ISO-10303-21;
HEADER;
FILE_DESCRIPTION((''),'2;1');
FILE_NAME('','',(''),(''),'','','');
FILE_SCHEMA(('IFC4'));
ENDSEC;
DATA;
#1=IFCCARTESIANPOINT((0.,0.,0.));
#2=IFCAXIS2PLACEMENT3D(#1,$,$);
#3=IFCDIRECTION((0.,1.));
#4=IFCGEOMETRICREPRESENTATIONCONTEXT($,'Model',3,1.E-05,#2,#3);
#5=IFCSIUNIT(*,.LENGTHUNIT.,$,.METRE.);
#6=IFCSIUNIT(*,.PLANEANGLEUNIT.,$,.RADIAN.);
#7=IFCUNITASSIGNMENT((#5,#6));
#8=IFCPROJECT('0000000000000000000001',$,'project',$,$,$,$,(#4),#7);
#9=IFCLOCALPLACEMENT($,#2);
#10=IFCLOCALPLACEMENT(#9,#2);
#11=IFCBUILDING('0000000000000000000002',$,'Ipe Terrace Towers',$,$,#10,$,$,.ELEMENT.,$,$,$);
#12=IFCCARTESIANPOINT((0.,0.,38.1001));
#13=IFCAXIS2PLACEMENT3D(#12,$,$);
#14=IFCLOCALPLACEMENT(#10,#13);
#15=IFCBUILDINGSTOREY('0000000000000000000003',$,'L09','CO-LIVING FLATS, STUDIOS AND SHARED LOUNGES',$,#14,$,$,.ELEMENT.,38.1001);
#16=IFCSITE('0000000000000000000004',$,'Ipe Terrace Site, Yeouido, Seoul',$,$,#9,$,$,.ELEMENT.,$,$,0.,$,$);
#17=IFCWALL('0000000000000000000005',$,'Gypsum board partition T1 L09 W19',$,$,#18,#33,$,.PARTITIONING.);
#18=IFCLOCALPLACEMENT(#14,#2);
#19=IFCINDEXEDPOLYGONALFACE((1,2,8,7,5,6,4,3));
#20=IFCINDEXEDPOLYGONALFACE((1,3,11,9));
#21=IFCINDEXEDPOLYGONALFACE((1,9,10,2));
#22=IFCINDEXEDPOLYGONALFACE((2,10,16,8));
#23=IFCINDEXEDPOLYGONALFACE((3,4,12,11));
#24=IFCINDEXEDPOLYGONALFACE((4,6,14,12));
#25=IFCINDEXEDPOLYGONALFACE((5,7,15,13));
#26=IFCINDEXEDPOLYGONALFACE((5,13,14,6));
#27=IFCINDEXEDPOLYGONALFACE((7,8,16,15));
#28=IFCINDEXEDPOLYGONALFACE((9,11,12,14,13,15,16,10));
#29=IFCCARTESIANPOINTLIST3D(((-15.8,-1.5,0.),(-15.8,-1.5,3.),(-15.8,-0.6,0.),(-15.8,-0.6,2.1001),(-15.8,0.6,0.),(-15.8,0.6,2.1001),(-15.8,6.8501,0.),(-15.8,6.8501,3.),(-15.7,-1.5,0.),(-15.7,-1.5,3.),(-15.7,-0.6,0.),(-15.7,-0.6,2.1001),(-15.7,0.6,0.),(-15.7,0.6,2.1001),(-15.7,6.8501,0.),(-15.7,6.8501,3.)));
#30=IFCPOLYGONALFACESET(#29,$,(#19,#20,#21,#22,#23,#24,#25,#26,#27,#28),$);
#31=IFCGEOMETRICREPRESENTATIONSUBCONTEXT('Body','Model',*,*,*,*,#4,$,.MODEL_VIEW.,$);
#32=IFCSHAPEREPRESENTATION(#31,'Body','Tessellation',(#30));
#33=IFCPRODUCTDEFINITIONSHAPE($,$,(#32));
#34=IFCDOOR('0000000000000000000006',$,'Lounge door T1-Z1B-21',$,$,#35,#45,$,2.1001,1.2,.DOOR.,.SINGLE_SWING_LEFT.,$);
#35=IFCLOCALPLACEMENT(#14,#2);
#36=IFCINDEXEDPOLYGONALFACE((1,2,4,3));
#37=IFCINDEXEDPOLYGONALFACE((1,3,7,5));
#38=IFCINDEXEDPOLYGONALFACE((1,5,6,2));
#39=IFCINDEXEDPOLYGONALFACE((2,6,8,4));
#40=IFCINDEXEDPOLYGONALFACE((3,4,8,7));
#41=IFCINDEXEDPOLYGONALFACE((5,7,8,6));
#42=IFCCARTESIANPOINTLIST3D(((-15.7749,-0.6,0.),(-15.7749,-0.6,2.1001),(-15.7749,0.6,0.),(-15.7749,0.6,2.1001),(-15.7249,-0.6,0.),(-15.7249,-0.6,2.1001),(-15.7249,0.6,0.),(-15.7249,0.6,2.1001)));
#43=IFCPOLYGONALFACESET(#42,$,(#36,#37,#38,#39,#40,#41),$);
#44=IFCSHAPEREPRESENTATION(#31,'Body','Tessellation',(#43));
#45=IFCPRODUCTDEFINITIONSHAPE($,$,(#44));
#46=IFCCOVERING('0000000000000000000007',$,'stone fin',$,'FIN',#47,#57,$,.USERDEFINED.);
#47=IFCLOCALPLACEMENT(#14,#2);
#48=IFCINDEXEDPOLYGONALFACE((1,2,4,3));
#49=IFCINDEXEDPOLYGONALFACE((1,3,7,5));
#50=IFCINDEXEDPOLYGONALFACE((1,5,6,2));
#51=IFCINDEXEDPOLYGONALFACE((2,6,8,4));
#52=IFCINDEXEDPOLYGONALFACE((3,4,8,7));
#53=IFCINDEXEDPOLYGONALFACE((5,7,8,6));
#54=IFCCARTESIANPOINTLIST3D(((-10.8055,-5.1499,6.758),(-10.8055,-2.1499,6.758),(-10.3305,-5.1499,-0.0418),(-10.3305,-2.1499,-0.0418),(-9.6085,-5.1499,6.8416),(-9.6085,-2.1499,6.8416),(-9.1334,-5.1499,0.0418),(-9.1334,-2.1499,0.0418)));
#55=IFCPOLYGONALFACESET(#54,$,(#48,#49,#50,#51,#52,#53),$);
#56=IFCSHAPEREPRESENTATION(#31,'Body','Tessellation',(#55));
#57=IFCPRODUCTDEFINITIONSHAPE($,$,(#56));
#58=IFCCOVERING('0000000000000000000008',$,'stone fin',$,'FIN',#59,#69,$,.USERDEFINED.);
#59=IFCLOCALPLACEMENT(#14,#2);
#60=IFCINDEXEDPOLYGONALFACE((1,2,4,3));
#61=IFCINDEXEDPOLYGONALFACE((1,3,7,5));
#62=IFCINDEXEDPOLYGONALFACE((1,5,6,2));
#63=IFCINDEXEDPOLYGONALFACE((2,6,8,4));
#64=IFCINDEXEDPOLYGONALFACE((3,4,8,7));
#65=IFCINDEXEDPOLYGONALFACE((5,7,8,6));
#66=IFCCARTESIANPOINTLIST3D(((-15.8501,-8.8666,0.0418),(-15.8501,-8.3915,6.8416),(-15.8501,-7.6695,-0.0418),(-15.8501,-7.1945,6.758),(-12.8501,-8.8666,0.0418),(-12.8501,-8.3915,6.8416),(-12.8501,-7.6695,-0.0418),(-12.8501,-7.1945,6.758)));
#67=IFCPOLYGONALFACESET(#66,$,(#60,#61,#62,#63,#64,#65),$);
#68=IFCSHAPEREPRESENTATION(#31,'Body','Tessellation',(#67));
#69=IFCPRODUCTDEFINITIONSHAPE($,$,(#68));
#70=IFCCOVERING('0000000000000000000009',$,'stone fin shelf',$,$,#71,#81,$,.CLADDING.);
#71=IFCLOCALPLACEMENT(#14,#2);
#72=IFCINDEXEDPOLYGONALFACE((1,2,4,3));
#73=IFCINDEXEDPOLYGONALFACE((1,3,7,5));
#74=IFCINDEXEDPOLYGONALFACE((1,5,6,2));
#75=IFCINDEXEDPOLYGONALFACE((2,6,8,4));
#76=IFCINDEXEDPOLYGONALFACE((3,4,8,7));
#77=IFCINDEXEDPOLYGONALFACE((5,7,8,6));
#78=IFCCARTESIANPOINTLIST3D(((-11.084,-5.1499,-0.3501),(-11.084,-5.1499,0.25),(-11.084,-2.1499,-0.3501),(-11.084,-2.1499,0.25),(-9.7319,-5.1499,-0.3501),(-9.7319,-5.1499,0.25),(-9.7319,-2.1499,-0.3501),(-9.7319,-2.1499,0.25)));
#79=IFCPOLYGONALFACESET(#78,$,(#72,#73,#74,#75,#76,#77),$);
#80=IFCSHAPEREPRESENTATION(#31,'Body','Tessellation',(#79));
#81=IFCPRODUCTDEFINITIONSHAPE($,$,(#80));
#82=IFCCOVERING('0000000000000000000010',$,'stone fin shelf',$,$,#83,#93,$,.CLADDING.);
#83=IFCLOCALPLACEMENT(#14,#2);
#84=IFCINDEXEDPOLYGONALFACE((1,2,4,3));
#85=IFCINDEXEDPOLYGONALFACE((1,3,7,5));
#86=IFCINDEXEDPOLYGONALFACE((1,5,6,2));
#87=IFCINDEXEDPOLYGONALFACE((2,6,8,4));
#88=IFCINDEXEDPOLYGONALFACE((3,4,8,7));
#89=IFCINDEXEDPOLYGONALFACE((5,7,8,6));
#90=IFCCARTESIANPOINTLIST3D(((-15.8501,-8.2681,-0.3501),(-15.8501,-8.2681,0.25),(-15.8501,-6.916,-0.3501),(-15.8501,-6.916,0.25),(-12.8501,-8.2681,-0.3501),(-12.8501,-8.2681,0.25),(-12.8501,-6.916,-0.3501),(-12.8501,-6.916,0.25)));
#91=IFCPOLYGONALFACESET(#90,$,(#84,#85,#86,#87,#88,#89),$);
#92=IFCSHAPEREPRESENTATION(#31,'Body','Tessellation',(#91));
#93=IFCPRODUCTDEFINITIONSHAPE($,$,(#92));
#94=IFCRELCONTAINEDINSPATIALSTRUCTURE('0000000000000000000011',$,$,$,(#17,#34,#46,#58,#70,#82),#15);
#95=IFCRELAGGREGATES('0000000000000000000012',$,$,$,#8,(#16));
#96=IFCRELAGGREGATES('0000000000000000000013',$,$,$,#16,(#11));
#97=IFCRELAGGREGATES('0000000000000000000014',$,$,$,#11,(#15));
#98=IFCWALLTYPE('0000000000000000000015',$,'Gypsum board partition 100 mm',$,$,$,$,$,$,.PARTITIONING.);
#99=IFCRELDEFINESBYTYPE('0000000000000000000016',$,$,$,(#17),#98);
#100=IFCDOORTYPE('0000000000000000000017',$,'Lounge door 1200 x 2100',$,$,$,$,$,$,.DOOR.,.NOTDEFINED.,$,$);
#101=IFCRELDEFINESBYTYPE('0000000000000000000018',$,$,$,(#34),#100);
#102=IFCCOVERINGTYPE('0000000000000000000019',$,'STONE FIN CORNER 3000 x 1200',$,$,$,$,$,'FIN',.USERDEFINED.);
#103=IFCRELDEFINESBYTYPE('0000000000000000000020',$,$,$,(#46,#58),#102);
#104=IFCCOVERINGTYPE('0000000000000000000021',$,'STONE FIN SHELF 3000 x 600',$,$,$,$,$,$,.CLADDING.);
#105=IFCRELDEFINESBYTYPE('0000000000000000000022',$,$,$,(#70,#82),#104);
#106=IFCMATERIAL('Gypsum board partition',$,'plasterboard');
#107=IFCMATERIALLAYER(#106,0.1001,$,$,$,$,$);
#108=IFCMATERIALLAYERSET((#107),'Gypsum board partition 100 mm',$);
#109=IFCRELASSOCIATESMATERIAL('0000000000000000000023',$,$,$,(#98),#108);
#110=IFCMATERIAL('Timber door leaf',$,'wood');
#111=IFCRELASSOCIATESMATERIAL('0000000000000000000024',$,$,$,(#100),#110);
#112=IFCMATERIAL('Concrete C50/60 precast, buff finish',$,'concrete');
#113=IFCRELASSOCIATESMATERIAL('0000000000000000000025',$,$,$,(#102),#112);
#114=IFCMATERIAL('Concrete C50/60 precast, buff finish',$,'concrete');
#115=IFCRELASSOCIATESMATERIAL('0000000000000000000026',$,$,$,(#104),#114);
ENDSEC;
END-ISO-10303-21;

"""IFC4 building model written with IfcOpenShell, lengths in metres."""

from ifc_helpers import new_model, si_unit, direction, frame, frame_2d, origin, origin_2d, place, context, subcontext, project, spatial, rectangle, extrude, material, layer, layer_set, material_profile, profile_set, type_object, element, fill, save


model = new_model("IFC4")

# Units and contexts
model_context = context("Model", 3, precision=1e-05, world=origin(), true_north=direction((0.0, 1.0)))
body_context = subcontext(model_context, "Body", "Model", "MODEL_VIEW")
ifc_project = project(units=[si_unit("LENGTHUNIT", "METRE"), si_unit("PLANEANGLEUNIT", "RADIAN")], contexts=[model_context])

# Site, building, storey
site_placement = place(None, origin())
site = spatial("IfcSite", under=ifc_project, at=site_placement, Name="Ipe Terrace Site, Yeouido, Seoul", CompositionType="ELEMENT", RefElevation=0.0)
building_placement = place(site_placement, origin())
building = spatial("IfcBuilding", under=site, at=building_placement, Name="Ipe Terrace Towers", CompositionType="ELEMENT")
storey_placement = place(building_placement, frame((0.0, 0.0, 38.1001)))
storey = spatial("IfcBuildingStorey", under=building, at=storey_placement, Name="L09", Description="CO-LIVING FLATS, STUDIOS AND SHARED LOUNGES", CompositionType="ELEMENT", Elevation=38.1001)

# Wall, opening, door
ifc_material_1 = material(Name="Gypsum board partition", Category="plasterboard")
ifc_layer_1 = layer(ifc_material_1, 0.1001)
ifc_layer_set_1 = layer_set([ifc_layer_1], Name="Gypsum board partition 100 mm")
wall_type_1 = type_object("IfcWallType", Name="Gypsum board partition 100 mm", PredefinedType="PARTITIONING", material=ifc_layer_set_1)
wall_1_placement = place(storey_placement, frame((-15.75, -1.5, 0.0), z_axis=(0.0, 0.0, 1.0), x_axis=(0.0, 1.0, 0.0)))
wall_1 = element("IfcWall", 1, at=wall_1_placement, inside=storey, type_object=wall_type_1, Name="Gypsum board partition T1 L09 W19", PredefinedType="PARTITIONING", context=body_context, shape_type="SweptSolid", body=[
    extrude(rectangle(XDim=8.3501, YDim=0.1001, at=frame_2d((4.175, 0.0))), origin(), (0.0, 0.0, 1.0), 3.0),
])
opening_placement = place(wall_1_placement, frame((0.8999, 0.0, 0.0)))
opening = element("IfcOpeningElement", 2, at=opening_placement, cuts=wall_1, PredefinedType="OPENING", context=body_context, shape_type="SweptSolid", body=[
    extrude(rectangle(XDim=1.2, YDim=2.1001, at=frame_2d((0.6001, 1.05))), frame((0.0, 0.0601, 0.0), z_axis=(0.0, -1.0, 0.0), x_axis=(1.0, 0.0, 0.0)), (0.0, 0.0, 1.0), 0.1201),
])
ifc_material_2 = material(Name="Timber door leaf", Category="wood")
door_type = type_object("IfcDoorType", Name="Lounge door 1200 x 2100", OperationType="NOTDEFINED", PredefinedType="DOOR", material=ifc_material_2)
door_placement = place(opening_placement, origin())
door = element("IfcDoor", 3, at=door_placement, inside=storey, type_object=door_type, Name="Lounge door T1-Z1B-21", OperationType="SINGLE_SWING_LEFT", OverallHeight=2.1001, OverallWidth=1.2, PredefinedType="DOOR", context=body_context, shape_type="SweptSolid", body=[
    extrude(rectangle(XDim=1.2, YDim=2.1001, at=frame_2d((0.6001, 1.05))), frame((0.0, 0.0249, 0.0), z_axis=(0.0, -1.0, 0.0), x_axis=(1.0, 0.0, 0.0)), (0.0, 0.0, 1.0), 0.05),
])
fill(opening, door)

# Coverings
ifc_material_3 = material(Name="Concrete C50/60 precast, buff finish", Category="concrete")
ifc_material_profile_1 = material_profile(ifc_material_3, rectangle(XDim=3.0, YDim=1.2, at=origin_2d()), Name="STONE FIN CORNER 3000 x 1200")
ifc_profile_set_1 = profile_set([ifc_material_profile_1], Name="Concrete C50/60 precast, buff finish")
covering_type_1 = type_object("IfcCoveringType", Name="STONE FIN CORNER 3000 x 1200", ElementType="FIN", PredefinedType="USERDEFINED", material=ifc_profile_set_1)
for number, where, z_axis, x_axis, name in (
    (4, (-9.7319, -3.6499, 0.0), (-0.069699, 0.0, 0.997568), (0.0, 1.0, 0.0), "stone fin"),
    (5, (-14.3501, -8.2681, 0.0), (0.0, 0.069699, 0.997568), (1.0, 0.0, 0.0), "stone fin"),
):
    element("IfcCovering", number, at=place(storey_placement, frame(where, z_axis=z_axis, x_axis=x_axis)), inside=storey, type_object=covering_type_1, Name=name, ObjectType="FIN", PredefinedType="USERDEFINED", context=body_context, shape_type="SweptSolid", body=[
        extrude(rectangle(XDim=3.0, YDim=1.2, at=origin_2d()), origin(), (0.0, 0.0, 1.0), 6.8164),
    ])
ifc_material_4 = material(Name="Concrete C50/60 precast, buff finish", Category="concrete")
covering_type_2 = type_object("IfcCoveringType", Name="STONE FIN SHELF 3000 x 600", PredefinedType="CLADDING", material=ifc_material_4)
for number, where, z_axis, x_axis, name in (
    (6, (-10.408, -3.6499, -0.3501), (0.0, 0.0, 1.0), (0.0, 1.0, 0.0), "stone fin shelf"),
    (7, (-14.3501, -7.592, -0.3501), (0.0, 0.0, 1.0), (1.0, 0.0, 0.0), "stone fin shelf"),
):
    element("IfcCovering", number, at=place(storey_placement, frame(where, z_axis=z_axis, x_axis=x_axis)), inside=storey, type_object=covering_type_2, Name=name, PredefinedType="CLADDING", context=body_context, shape_type="SweptSolid", body=[
        extrude(rectangle(XDim=3.0, YDim=1.3521, at=origin_2d()), origin(), (0.0, 0.0, 1.0), 0.6001),
    ])

save(model, "model.ifc")
